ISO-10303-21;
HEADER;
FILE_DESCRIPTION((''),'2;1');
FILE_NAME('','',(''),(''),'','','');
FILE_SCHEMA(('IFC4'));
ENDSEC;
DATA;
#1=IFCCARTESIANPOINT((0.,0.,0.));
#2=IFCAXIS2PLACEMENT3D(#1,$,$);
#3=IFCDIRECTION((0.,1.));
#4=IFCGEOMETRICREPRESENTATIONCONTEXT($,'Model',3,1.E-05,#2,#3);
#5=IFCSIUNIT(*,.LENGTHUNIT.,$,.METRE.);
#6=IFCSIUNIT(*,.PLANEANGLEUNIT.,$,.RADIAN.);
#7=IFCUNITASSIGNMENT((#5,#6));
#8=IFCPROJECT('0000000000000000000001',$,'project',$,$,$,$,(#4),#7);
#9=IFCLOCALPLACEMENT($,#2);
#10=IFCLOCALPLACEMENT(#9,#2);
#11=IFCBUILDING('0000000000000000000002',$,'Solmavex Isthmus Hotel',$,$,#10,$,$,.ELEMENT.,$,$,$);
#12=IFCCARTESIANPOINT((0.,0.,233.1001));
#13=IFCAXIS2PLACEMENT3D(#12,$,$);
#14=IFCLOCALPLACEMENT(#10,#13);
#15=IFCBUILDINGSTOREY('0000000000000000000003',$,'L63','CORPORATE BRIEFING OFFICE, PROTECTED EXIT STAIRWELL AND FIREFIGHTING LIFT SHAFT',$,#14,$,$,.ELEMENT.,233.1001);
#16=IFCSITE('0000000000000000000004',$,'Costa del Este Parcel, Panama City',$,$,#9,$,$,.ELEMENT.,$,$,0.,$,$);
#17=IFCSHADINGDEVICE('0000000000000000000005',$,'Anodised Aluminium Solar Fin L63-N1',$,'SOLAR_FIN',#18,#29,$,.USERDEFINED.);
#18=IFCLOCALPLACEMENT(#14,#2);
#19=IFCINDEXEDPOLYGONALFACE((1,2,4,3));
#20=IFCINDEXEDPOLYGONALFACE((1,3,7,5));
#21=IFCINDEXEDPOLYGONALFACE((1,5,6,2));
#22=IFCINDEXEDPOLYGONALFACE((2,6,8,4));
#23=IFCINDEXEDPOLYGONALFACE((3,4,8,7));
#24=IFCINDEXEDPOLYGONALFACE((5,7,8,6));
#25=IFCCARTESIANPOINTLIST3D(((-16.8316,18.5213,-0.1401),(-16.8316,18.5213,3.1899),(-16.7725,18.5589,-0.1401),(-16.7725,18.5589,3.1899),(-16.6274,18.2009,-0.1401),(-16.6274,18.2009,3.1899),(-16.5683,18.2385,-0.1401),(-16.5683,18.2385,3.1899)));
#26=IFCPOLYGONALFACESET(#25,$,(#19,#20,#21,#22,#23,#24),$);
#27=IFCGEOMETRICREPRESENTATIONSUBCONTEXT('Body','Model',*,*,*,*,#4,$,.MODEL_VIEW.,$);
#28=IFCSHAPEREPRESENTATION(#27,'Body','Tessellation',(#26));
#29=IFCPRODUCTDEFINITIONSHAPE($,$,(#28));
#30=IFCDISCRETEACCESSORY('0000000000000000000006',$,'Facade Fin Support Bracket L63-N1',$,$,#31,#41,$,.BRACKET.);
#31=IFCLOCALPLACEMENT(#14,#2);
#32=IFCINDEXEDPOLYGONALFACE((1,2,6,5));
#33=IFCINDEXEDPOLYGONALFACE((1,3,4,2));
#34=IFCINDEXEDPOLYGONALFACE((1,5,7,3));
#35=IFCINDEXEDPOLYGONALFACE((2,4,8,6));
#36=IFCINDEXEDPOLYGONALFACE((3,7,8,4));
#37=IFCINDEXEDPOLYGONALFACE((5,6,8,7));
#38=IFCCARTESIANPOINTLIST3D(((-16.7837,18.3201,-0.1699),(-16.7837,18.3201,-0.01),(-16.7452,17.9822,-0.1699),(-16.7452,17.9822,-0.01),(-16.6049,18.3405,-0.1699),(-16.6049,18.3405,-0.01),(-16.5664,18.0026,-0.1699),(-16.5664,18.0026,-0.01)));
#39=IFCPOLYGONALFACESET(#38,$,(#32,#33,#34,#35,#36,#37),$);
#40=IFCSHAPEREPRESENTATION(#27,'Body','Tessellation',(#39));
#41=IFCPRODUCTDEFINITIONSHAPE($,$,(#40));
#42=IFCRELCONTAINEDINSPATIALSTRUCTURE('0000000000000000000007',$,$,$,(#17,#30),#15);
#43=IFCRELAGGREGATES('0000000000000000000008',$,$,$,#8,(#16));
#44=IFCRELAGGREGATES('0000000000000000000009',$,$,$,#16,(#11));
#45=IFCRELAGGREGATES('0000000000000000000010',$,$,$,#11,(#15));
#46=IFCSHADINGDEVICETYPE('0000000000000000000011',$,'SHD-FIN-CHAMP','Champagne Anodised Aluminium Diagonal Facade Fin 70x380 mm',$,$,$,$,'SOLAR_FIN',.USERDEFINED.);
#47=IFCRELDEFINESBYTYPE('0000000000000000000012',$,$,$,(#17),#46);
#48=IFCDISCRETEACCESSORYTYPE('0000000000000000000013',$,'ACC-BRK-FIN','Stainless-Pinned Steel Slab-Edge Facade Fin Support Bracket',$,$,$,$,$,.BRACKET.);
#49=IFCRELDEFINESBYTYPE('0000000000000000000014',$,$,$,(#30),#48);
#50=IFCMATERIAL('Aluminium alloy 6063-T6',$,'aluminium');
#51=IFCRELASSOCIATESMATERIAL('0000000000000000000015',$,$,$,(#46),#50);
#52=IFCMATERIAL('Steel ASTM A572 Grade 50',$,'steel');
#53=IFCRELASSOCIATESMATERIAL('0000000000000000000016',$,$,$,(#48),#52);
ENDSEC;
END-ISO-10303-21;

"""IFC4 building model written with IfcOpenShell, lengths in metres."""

from ifc_helpers import new_model, si_unit, direction, frame, origin, origin_2d, place, context, subcontext, project, spatial, rectangle, extrude, material, type_object, element, save


model = new_model("IFC4")

# Units and contexts
model_context = context("Model", 3, precision=1e-05, world=origin(), true_north=direction((0.0, 1.0)))
body_context = subcontext(model_context, "Body", "Model", "MODEL_VIEW")
ifc_project = project(units=[si_unit("LENGTHUNIT", "METRE"), si_unit("PLANEANGLEUNIT", "RADIAN")], contexts=[model_context])

# Site, building, storey
site_placement = place(None, origin())
site = spatial("IfcSite", under=ifc_project, at=site_placement, Name="Costa del Este Parcel, Panama City", CompositionType="ELEMENT", RefElevation=0.0)
building_placement = place(site_placement, origin())
building = spatial("IfcBuilding", under=site, at=building_placement, Name="Solmavex Isthmus Hotel", CompositionType="ELEMENT")
storey_placement = place(building_placement, frame((0.0, 0.0, 233.1001)))
storey = spatial("IfcBuildingStorey", under=building, at=storey_placement, Name="L63", Description="CORPORATE BRIEFING OFFICE, PROTECTED EXIT STAIRWELL AND FIREFIGHTING LIFT SHAFT", CompositionType="ELEMENT", Elevation=233.1001)

# Shared definitions
ifc_material_1 = material(Name="Aluminium alloy 6063-T6", Category="aluminium")

# Shading device
shading_device_type = type_object("IfcShadingDeviceType", Name="SHD-FIN-CHAMP", Description="Champagne Anodised Aluminium Diagonal Facade Fin 70x380 mm", ElementType="SOLAR_FIN", PredefinedType="USERDEFINED", material=ifc_material_1)
shading_device_placement = place(storey_placement, frame((-16.7, 18.3799, -0.1401), z_axis=(0.0, 0.0, 1.0), x_axis=(-0.5373, 0.843391, 0.0)))
element("IfcShadingDevice", 1, at=shading_device_placement, inside=storey, type_object=shading_device_type, Name="Anodised Aluminium Solar Fin L63-N1", ObjectType="SOLAR_FIN", PredefinedType="USERDEFINED", context=body_context, shape_type="SweptSolid", body=[
    extrude(rectangle(XDim=0.3799, YDim=0.0701, at=origin_2d()), origin(), (0.0, 0.0, 1.0), 3.3301),
])

# Discrete accessory
ifc_material_2 = material(Name="Steel ASTM A572 Grade 50", Category="steel")
discrete_accessory_type = type_object("IfcDiscreteAccessoryType", Name="ACC-BRK-FIN", Description="Stainless-Pinned Steel Slab-Edge Facade Fin Support Bracket", PredefinedType="BRACKET", material=ifc_material_2)
discrete_accessory_placement = place(storey_placement, frame((-16.675, 18.1614, -0.1699), z_axis=(0.0, 0.0, 1.0), x_axis=(-0.113203, 0.993572, 0.0)))
element("IfcDiscreteAccessory", 2, at=discrete_accessory_placement, inside=storey, type_object=discrete_accessory_type, Name="Facade Fin Support Bracket L63-N1", PredefinedType="BRACKET", context=body_context, shape_type="SweptSolid", body=[
    extrude(rectangle(XDim=0.3401, YDim=0.1799, at=origin_2d()), origin(), (0.0, 0.0, 1.0), 0.1599),
])

save(model, "model.ifc")
